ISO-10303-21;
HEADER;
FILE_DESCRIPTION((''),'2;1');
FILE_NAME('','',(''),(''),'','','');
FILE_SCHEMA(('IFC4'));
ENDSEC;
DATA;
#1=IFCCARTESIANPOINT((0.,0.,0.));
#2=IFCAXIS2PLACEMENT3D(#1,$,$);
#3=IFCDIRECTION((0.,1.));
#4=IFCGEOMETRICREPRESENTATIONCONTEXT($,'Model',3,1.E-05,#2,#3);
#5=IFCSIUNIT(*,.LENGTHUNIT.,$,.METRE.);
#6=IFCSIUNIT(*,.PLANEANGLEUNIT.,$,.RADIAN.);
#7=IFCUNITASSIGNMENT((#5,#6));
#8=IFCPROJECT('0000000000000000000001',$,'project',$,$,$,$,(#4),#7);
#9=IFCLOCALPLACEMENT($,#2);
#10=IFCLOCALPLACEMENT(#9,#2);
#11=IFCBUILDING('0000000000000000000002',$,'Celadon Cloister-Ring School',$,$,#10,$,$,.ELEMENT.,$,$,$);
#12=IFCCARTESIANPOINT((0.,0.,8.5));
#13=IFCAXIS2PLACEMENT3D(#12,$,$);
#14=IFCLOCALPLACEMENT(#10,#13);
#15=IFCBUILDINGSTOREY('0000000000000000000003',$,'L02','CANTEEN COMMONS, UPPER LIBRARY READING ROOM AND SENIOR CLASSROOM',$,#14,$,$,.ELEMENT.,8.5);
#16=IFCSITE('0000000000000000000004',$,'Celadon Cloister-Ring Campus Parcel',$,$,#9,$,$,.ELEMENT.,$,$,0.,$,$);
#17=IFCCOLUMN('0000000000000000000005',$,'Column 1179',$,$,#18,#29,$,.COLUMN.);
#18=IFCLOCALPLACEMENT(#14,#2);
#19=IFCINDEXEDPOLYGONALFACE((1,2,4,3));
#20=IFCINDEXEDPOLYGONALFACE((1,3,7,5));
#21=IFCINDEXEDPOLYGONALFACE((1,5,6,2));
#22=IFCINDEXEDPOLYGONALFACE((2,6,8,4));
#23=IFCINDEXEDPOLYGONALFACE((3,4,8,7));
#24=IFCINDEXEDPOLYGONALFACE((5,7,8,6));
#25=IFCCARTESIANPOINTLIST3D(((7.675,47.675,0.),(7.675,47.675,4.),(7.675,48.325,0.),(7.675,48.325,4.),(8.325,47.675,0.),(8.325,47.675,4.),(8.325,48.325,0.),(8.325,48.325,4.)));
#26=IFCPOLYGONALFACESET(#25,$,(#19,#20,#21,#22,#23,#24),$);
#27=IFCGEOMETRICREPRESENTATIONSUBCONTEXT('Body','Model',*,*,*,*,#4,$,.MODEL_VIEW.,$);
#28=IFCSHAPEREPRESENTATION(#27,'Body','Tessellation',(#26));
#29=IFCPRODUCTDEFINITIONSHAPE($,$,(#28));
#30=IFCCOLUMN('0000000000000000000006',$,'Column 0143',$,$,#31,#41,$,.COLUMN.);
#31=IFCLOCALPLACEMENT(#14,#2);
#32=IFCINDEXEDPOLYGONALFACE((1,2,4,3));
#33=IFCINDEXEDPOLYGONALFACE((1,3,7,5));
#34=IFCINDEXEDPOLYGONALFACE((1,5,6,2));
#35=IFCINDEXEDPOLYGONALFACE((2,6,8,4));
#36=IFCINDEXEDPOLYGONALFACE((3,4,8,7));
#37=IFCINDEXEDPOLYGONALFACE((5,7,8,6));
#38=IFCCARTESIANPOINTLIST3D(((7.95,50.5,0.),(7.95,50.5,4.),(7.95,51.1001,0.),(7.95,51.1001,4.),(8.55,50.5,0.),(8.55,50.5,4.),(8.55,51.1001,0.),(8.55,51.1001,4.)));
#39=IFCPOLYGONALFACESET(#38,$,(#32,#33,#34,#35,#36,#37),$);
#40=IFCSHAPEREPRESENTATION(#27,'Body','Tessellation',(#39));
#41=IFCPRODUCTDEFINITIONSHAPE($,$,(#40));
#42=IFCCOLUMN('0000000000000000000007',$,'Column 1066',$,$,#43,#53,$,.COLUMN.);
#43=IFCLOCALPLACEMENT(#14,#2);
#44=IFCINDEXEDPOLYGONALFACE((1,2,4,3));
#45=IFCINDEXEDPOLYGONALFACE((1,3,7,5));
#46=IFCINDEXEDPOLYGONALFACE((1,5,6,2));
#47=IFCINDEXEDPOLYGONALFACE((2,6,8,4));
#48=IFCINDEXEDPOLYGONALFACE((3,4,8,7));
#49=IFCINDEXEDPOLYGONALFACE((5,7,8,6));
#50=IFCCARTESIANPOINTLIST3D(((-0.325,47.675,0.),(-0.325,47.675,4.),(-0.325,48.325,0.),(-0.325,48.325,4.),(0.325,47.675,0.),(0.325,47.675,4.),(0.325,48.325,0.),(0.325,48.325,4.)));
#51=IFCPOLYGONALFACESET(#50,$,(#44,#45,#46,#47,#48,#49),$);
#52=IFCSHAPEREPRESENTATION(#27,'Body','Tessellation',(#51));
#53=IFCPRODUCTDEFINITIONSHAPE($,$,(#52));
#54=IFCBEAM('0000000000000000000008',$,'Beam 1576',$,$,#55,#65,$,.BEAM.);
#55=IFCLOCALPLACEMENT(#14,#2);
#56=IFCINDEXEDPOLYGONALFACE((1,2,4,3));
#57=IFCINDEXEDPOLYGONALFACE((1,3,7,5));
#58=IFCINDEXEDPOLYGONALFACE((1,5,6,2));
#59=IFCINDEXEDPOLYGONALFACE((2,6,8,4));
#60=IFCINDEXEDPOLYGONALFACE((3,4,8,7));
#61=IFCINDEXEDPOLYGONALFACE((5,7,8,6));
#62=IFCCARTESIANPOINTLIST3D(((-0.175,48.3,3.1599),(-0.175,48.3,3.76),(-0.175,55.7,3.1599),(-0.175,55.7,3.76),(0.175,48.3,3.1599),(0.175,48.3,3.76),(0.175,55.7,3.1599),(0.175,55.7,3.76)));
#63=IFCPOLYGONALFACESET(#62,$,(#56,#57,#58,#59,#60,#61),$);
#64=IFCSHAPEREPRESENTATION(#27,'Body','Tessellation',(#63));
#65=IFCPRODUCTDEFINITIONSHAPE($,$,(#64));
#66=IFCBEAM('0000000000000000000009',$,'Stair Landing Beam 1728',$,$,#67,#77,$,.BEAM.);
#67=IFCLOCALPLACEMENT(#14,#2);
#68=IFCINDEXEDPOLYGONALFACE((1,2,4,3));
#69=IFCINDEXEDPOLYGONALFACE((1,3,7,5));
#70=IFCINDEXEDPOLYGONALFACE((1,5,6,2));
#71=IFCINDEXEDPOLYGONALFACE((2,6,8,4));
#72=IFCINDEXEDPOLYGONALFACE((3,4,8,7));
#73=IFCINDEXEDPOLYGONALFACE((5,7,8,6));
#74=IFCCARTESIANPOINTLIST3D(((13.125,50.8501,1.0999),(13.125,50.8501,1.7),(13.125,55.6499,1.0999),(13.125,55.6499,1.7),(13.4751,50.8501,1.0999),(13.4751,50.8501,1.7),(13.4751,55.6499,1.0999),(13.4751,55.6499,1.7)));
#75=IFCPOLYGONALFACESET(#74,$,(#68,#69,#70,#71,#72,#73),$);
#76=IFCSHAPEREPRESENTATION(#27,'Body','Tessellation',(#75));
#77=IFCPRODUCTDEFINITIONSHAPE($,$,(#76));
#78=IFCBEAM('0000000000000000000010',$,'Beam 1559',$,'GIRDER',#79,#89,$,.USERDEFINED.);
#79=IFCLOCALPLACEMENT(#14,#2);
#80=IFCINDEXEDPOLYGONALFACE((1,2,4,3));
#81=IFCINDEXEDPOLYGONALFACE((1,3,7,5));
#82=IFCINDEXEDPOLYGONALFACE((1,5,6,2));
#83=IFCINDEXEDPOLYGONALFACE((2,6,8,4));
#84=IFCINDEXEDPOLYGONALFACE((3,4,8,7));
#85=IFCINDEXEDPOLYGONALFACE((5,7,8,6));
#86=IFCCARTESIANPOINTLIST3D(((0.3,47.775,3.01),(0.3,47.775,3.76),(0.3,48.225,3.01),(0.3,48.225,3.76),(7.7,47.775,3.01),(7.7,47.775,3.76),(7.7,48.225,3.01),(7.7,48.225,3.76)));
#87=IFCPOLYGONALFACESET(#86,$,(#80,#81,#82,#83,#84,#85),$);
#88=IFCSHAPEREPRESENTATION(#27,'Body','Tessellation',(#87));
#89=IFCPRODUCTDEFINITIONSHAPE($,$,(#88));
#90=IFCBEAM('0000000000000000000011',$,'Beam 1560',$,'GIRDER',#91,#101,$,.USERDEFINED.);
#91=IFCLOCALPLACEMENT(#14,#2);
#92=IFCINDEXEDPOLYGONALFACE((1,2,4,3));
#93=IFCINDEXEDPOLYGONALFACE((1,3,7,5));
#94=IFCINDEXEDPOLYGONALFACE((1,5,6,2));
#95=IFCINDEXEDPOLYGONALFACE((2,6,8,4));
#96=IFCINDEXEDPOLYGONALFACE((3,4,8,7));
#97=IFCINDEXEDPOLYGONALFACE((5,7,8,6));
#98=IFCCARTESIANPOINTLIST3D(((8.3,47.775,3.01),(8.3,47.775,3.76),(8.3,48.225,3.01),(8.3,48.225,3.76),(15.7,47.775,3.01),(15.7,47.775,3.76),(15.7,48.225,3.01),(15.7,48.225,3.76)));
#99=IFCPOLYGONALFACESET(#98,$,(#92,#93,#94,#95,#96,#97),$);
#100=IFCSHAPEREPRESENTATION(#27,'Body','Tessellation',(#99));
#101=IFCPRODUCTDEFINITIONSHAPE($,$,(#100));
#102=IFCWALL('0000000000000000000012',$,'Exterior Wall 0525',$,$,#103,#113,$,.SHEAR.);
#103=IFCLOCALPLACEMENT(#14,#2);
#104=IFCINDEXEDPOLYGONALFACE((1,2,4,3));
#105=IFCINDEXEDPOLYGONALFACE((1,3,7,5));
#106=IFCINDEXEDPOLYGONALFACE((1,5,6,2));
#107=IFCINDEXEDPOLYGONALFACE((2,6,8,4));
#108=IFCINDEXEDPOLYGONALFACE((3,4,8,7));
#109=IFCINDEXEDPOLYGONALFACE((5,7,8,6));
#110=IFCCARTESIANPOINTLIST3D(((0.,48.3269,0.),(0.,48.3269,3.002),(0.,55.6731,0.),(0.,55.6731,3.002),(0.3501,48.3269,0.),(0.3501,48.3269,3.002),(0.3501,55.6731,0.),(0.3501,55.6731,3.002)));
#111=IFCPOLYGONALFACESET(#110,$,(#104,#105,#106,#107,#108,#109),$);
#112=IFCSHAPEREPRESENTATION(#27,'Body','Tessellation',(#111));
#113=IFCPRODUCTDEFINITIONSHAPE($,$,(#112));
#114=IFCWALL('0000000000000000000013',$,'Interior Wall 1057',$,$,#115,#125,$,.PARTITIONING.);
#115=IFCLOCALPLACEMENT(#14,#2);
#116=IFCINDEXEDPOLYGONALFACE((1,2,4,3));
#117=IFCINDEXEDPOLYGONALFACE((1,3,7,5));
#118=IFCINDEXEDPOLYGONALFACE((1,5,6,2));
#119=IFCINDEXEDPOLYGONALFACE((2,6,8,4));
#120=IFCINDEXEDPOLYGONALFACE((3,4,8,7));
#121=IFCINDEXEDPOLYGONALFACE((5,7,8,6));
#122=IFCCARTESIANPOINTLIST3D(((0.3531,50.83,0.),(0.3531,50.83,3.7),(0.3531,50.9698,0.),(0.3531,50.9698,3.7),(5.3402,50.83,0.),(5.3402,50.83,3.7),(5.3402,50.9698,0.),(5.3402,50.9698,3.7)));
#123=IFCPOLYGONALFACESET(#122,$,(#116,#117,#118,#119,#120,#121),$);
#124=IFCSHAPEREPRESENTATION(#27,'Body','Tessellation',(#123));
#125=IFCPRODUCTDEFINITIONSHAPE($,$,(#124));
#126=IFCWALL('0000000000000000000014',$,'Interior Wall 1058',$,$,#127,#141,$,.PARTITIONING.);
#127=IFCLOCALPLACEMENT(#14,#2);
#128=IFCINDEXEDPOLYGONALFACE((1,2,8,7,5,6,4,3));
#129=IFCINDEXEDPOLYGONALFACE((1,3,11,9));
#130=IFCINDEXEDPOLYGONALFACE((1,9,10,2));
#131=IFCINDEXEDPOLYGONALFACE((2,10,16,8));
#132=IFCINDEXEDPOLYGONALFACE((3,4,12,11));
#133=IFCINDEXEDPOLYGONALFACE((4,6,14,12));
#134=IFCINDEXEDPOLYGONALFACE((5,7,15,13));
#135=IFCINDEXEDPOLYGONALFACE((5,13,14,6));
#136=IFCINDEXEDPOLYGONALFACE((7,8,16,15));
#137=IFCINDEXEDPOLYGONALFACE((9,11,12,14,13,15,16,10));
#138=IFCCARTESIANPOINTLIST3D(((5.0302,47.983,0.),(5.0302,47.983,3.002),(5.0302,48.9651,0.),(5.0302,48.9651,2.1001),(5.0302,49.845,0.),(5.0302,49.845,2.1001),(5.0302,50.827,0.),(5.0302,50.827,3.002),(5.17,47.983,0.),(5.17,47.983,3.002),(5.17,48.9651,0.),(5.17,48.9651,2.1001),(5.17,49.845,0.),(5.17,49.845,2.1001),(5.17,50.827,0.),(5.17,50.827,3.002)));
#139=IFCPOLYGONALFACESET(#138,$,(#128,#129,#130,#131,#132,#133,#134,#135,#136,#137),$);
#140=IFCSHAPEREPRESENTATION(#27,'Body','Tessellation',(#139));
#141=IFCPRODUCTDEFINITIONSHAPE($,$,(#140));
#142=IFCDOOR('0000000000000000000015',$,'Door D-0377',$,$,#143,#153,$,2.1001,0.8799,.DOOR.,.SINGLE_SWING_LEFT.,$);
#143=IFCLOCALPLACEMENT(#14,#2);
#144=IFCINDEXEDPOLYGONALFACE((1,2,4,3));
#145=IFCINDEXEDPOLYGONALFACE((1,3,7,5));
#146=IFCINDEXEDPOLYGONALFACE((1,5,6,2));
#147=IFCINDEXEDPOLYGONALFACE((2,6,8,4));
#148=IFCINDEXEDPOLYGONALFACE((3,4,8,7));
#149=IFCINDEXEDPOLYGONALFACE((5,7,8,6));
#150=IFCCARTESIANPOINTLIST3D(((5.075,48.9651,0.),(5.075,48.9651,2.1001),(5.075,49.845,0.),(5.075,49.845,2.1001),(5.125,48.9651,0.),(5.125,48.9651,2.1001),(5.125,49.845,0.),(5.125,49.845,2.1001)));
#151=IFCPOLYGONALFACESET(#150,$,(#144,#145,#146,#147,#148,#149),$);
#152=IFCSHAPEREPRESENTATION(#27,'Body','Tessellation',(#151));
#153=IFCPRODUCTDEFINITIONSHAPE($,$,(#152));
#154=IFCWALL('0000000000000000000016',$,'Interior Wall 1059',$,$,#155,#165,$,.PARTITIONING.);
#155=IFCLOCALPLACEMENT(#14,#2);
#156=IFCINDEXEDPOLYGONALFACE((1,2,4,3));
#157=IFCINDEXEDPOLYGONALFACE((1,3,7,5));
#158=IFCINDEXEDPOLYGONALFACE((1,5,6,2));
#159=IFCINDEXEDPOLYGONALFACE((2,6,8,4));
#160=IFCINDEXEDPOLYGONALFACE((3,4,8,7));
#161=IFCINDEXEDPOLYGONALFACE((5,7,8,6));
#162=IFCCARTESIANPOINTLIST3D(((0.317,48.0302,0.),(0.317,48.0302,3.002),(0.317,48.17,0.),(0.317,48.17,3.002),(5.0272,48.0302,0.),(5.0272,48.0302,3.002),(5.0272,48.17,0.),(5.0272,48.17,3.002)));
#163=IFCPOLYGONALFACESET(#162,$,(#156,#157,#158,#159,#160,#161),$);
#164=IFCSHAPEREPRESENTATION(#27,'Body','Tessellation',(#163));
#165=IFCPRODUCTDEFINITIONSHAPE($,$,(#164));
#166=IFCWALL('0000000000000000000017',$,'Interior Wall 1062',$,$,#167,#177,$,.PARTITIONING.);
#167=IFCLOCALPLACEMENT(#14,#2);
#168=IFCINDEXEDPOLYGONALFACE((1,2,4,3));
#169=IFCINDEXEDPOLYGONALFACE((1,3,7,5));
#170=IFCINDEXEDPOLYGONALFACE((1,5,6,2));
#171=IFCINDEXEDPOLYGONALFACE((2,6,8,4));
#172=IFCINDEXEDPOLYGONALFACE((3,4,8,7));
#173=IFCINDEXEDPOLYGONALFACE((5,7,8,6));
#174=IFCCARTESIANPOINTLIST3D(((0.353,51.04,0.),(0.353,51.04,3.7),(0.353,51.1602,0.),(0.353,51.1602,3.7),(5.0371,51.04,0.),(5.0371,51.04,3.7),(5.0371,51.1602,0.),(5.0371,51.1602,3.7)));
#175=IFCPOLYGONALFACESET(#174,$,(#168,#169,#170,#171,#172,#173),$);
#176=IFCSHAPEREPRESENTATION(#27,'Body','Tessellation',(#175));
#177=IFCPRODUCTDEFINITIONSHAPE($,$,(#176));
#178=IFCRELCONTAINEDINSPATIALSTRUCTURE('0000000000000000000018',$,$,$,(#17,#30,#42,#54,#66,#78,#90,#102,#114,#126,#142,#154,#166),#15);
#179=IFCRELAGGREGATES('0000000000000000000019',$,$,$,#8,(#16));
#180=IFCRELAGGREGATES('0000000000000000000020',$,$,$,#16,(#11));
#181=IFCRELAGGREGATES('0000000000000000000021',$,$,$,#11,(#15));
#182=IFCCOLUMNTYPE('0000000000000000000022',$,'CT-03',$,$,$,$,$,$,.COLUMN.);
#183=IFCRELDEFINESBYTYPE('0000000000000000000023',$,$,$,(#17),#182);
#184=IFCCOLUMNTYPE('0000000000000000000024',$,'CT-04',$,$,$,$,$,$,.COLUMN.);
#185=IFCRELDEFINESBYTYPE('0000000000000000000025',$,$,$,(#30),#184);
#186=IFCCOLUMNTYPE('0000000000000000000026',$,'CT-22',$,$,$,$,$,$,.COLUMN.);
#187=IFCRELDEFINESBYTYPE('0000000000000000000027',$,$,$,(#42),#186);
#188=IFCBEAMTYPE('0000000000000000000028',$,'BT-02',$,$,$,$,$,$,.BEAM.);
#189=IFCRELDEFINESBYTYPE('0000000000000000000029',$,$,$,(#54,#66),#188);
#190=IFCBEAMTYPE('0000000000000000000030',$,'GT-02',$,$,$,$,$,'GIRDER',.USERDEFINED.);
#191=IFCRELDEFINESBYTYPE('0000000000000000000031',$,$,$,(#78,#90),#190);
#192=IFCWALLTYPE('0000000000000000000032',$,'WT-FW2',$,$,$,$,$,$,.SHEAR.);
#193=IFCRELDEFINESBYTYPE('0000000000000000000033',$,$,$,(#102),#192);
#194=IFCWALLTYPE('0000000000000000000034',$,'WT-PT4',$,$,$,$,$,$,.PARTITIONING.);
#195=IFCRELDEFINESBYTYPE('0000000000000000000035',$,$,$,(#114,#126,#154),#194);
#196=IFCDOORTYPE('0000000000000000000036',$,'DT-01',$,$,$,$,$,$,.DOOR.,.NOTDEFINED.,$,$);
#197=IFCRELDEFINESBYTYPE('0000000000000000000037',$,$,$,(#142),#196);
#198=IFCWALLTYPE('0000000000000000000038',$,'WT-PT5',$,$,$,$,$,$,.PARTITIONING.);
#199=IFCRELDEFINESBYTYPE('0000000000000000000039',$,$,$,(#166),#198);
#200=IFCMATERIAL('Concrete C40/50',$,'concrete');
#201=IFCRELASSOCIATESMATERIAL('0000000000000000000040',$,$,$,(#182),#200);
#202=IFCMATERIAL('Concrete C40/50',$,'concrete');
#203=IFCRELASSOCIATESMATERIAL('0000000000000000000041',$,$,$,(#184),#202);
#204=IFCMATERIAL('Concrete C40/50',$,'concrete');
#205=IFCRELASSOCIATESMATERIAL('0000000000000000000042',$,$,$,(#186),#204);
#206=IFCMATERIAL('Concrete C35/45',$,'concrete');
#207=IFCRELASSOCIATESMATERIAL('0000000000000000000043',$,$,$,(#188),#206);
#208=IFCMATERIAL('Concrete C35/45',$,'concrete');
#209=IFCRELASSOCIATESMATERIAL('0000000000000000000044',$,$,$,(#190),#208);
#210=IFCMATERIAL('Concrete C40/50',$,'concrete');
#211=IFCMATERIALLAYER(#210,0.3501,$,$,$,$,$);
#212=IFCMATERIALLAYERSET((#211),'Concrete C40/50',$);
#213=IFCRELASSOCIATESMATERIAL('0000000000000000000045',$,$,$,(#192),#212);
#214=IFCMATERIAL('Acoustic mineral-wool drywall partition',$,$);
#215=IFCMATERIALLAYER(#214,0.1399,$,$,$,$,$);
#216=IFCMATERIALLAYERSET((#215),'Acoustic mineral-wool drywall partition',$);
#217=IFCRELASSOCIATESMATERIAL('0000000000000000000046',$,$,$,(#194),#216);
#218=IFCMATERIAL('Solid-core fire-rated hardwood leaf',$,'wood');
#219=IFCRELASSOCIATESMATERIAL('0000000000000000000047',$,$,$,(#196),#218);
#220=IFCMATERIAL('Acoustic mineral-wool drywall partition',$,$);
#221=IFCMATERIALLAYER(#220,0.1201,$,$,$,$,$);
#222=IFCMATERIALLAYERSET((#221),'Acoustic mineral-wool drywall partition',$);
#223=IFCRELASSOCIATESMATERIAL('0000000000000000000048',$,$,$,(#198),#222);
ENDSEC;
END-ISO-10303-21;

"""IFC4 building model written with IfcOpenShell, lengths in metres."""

from ifc_helpers import new_model, si_unit, direction, frame, frame_2d, origin, origin_2d, place, context, subcontext, project, spatial, rectangle, extrude, material, layer, layer_set, material_profile, profile_set, type_object, element, fill, save


model = new_model("IFC4")

# Units and contexts
model_context = context("Model", 3, precision=1e-05, world=origin(), true_north=direction((0.0, 1.0)))
body_context = subcontext(model_context, "Body", "Model", "MODEL_VIEW")
ifc_project = project(units=[si_unit("LENGTHUNIT", "METRE"), si_unit("PLANEANGLEUNIT", "RADIAN")], contexts=[model_context])

# Site, building, storey
site_placement = place(None, origin())
site = spatial("IfcSite", under=ifc_project, at=site_placement, Name="Celadon Cloister-Ring Campus Parcel", CompositionType="ELEMENT", RefElevation=0.0)
building_placement = place(site_placement, origin())
building = spatial("IfcBuilding", under=site, at=building_placement, Name="Celadon Cloister-Ring School", CompositionType="ELEMENT")
storey_placement = place(building_placement, frame((0.0, 0.0, 8.5)))
storey = spatial("IfcBuildingStorey", under=building, at=storey_placement, Name="L02", Description="CANTEEN COMMONS, UPPER LIBRARY READING ROOM AND SENIOR CLASSROOM", CompositionType="ELEMENT", Elevation=8.5)

# Columns
ifc_material_1 = material(Name="Concrete C40/50", Category="concrete")
ifc_material_profile_1 = material_profile(ifc_material_1, rectangle(XDim=0.6499, YDim=0.6499, at=origin_2d()), Name="RC650X650")
ifc_profile_set_1 = profile_set([ifc_material_profile_1], Name="Concrete C40/50")
column_type_1 = type_object("IfcColumnType", Name="CT-03", PredefinedType="COLUMN", material=ifc_profile_set_1)
column_1_placement = place(storey_placement, frame((8.0, 48.0, 0.0), z_axis=(0.0, 0.0, 1.0), x_axis=(1.0, 0.0, 0.0)))
element("IfcColumn", 1, at=column_1_placement, inside=storey, type_object=column_type_1, Name="Column 1179", PredefinedType="COLUMN", context=body_context, shape_type="SweptSolid", body=[
    extrude(rectangle(XDim=0.6499, YDim=0.6499, at=origin_2d()), origin(), (0.0, 0.0, 1.0), 4.0),
])
ifc_material_2 = material(Name="Concrete C40/50", Category="concrete")
ifc_material_profile_2 = material_profile(ifc_material_2, rectangle(XDim=0.6001, YDim=0.6001, at=origin_2d()), Name="RC600X600")
ifc_profile_set_2 = profile_set([ifc_material_profile_2], Name="Concrete C40/50")
column_type_2 = type_object("IfcColumnType", Name="CT-04", PredefinedType="COLUMN", material=ifc_profile_set_2)
column_2_placement = place(storey_placement, frame((8.25, 50.8, 0.0), z_axis=(0.0, 0.0, 1.0), x_axis=(1.0, 0.0, 0.0)))
element("IfcColumn", 2, at=column_2_placement, inside=storey, type_object=column_type_2, Name="Column 0143", PredefinedType="COLUMN", context=body_context, shape_type="SweptSolid", body=[
    extrude(rectangle(XDim=0.6001, YDim=0.6001, at=origin_2d()), origin(), (0.0, 0.0, 1.0), 4.0),
])
ifc_material_3 = material(Name="Concrete C40/50", Category="concrete")
ifc_material_profile_3 = material_profile(ifc_material_3, rectangle(XDim=0.6499, YDim=0.6499, at=origin_2d()), Name="RC650X650")
ifc_profile_set_3 = profile_set([ifc_material_profile_3], Name="Concrete C40/50")
column_type_3 = type_object("IfcColumnType", Name="CT-22", PredefinedType="COLUMN", material=ifc_profile_set_3)
column_3_placement = place(storey_placement, frame((0.0, 48.0, 0.0), z_axis=(0.0, 0.0, 1.0), x_axis=(1.0, 0.0, 0.0)))
element("IfcColumn", 3, at=column_3_placement, inside=storey, type_object=column_type_3, Name="Column 1066", PredefinedType="COLUMN", context=body_context, shape_type="SweptSolid", body=[
    extrude(rectangle(XDim=0.6499, YDim=0.6499, at=origin_2d()), origin(), (0.0, 0.0, 1.0), 4.0),
])

# Beams
ifc_material_4 = material(Name="Concrete C35/45", Category="concrete")
ifc_material_profile_4 = material_profile(ifc_material_4, rectangle(XDim=0.3501, YDim=0.6001, at=origin_2d()), Name="RC350X600")
ifc_profile_set_4 = profile_set([ifc_material_profile_4], Name="Concrete C35/45")
beam_type_1 = type_object("IfcBeamType", Name="BT-02", PredefinedType="BEAM", material=ifc_profile_set_4)
beam_1_placement = place(storey_placement, frame((0.0, 48.3, 3.46), z_axis=(0.0, 1.0, 0.0), x_axis=(-1.0, 0.0, 0.0)))
element("IfcBeam", 4, at=beam_1_placement, inside=storey, type_object=beam_type_1, Name="Beam 1576", PredefinedType="BEAM", context=body_context, shape_type="SweptSolid", body=[
    extrude(rectangle(XDim=0.3501, YDim=0.6001, at=origin_2d()), origin(), (0.0, 0.0, 1.0), 7.3999),
])
beam_2_placement = place(storey_placement, frame((13.3, 50.8501, 1.3999), z_axis=(0.0, 1.0, 0.0), x_axis=(-1.0, 0.0, 0.0)))
element("IfcBeam", 5, at=beam_2_placement, inside=storey, type_object=beam_type_1, Name="Stair Landing Beam 1728", PredefinedType="BEAM", context=body_context, shape_type="SweptSolid", body=[
    extrude(rectangle(XDim=0.3501, YDim=0.6001, at=origin_2d()), origin(), (0.0, 0.0, 1.0), 4.7998),
])
ifc_material_5 = material(Name="Concrete C35/45", Category="concrete")
ifc_material_profile_5 = material_profile(ifc_material_5, rectangle(XDim=0.45, YDim=0.75, at=origin_2d()), Name="RC450X750")
ifc_profile_set_5 = profile_set([ifc_material_profile_5], Name="Concrete C35/45")
beam_type_2 = type_object("IfcBeamType", Name="GT-02", ElementType="GIRDER", PredefinedType="USERDEFINED", material=ifc_profile_set_5)
for number, where, z_axis, x_axis, name in (
    (6, (0.3, 48.0, 3.385), (1.0, 0.0, 0.0), (0.0, 1.0, 0.0), "Beam 1559"),
    (7, (8.3, 48.0, 3.385), (1.0, 0.0, 0.0), (0.0, 1.0, 0.0), "Beam 1560"),
):
    element("IfcBeam", number, at=place(storey_placement, frame(where, z_axis=z_axis, x_axis=x_axis)), inside=storey, type_object=beam_type_2, Name=name, ObjectType="GIRDER", PredefinedType="USERDEFINED", context=body_context, shape_type="SweptSolid", body=[
        extrude(rectangle(XDim=0.45, YDim=0.75, at=origin_2d()), origin(), (0.0, 0.0, 1.0), 7.3999),
    ])

# Walls
ifc_material_6 = material(Name="Concrete C40/50", Category="concrete")
ifc_layer_1 = layer(ifc_material_6, 0.3501)
ifc_layer_set_1 = layer_set([ifc_layer_1], Name="Concrete C40/50")
wall_type_1 = type_object("IfcWallType", Name="WT-FW2", PredefinedType="SHEAR", material=ifc_layer_set_1)
wall_1_placement = place(storey_placement, frame((0.175, 48.3269, 0.0), z_axis=(0.0, 0.0, 1.0), x_axis=(0.0, 1.0, 0.0)))
element("IfcWall", 8, at=wall_1_placement, inside=storey, type_object=wall_type_1, Name="Exterior Wall 0525", PredefinedType="SHEAR", context=body_context, shape_type="SweptSolid", body=[
    extrude(rectangle(XDim=7.3462, YDim=0.3501, at=frame_2d((3.6731, 0.0))), origin(), (0.0, 0.0, 1.0), 3.002),
])
ifc_material_7 = material(Name="Acoustic mineral-wool drywall partition")
ifc_layer_2 = layer(ifc_material_7, 0.1399)
ifc_layer_set_2 = layer_set([ifc_layer_2], Name="Acoustic mineral-wool drywall partition")
wall_type_2 = type_object("IfcWallType", Name="WT-PT4", PredefinedType="PARTITIONING", material=ifc_layer_set_2)
wall_2_placement = place(storey_placement, frame((0.353, 50.8999, 0.0), z_axis=(0.0, 0.0, 1.0), x_axis=(1.0, 0.0, 0.0)))
element("IfcWall", 9, at=wall_2_placement, inside=storey, type_object=wall_type_2, Name="Interior Wall 1057", PredefinedType="PARTITIONING", context=body_context, shape_type="SweptSolid", body=[
    extrude(rectangle(XDim=4.9871, YDim=0.1399, at=frame_2d((2.4937, 0.0))), origin(), (0.0, 0.0, 1.0), 3.7),
])

# Wall, opening, door
wall_3_placement = place(storey_placement, frame((5.1001, 50.8269, 0.0), z_axis=(0.0, 0.0, 1.0), x_axis=(0.0, -1.0, 0.0)))
wall_3 = element("IfcWall", 10, at=wall_3_placement, inside=storey, type_object=wall_type_2, Name="Interior Wall 1058", PredefinedType="PARTITIONING", context=body_context, shape_type="SweptSolid", body=[
    extrude(rectangle(XDim=2.844, YDim=0.1399, at=frame_2d((1.4219, 0.0))), origin(), (0.0, 0.0, 1.0), 3.002),
])
opening_placement = place(wall_3_placement, frame((0.9819, 0.0, 0.0)))
opening = element("IfcOpeningElement", 11, at=opening_placement, cuts=wall_3, PredefinedType="OPENING", context=body_context, shape_type="SweptSolid", body=[
    extrude(rectangle(XDim=0.8799, YDim=2.1001, at=frame_2d((0.4399, 1.05))), frame((0.0, 0.0801, 0.0), z_axis=(0.0, -1.0, 0.0), x_axis=(1.0, 0.0, 0.0)), (0.0, 0.0, 1.0), 0.1599),
])
ifc_material_8 = material(Name="Solid-core fire-rated hardwood leaf", Category="wood")
door_type = type_object("IfcDoorType", Name="DT-01", OperationType="NOTDEFINED", PredefinedType="DOOR", material=ifc_material_8)
door_placement = place(opening_placement, origin())
door = element("IfcDoor", 12, at=door_placement, inside=storey, type_object=door_type, Name="Door D-0377", OperationType="SINGLE_SWING_LEFT", OverallHeight=2.1001, OverallWidth=0.8799, PredefinedType="DOOR", context=body_context, shape_type="SweptSolid", body=[
    extrude(rectangle(XDim=0.8799, YDim=2.1001, at=frame_2d((0.4399, 1.05))), frame((0.0, 0.0249, 0.0), z_axis=(0.0, -1.0, 0.0), x_axis=(1.0, 0.0, 0.0)), (0.0, 0.0, 1.0), 0.05),
])
fill(opening, door)

# Walls
wall_4_placement = place(storey_placement, frame((5.0271, 48.1001, 0.0), z_axis=(0.0, 0.0, 1.0), x_axis=(-1.0, 0.0, 0.0)))
element("IfcWall", 13, at=wall_4_placement, inside=storey, type_object=wall_type_2, Name="Interior Wall 1059", PredefinedType="PARTITIONING", context=body_context, shape_type="SweptSolid", body=[
    extrude(rectangle(XDim=4.7102, YDim=0.1399, at=frame_2d((2.355, 0.0))), origin(), (0.0, 0.0, 1.0), 3.002),
])
ifc_material_9 = material(Name="Acoustic mineral-wool drywall partition")
ifc_layer_3 = layer(ifc_material_9, 0.1201)
ifc_layer_set_3 = layer_set([ifc_layer_3], Name="Acoustic mineral-wool drywall partition")
wall_type_3 = type_object("IfcWallType", Name="WT-PT5", PredefinedType="PARTITIONING", material=ifc_layer_set_3)
wall_5_placement = place(storey_placement, frame((5.0371, 51.1001, 0.0), z_axis=(0.0, 0.0, 1.0), x_axis=(-1.0, 0.0, 0.0)))
element("IfcWall", 14, at=wall_5_placement, inside=storey, type_object=wall_type_3, Name="Interior Wall 1062", PredefinedType="PARTITIONING", context=body_context, shape_type="SweptSolid", body=[
    extrude(rectangle(XDim=4.6841, YDim=0.1201, at=frame_2d((2.342, 0.0))), origin(), (0.0, 0.0, 1.0), 3.7),
])

save(model, "model.ifc")
